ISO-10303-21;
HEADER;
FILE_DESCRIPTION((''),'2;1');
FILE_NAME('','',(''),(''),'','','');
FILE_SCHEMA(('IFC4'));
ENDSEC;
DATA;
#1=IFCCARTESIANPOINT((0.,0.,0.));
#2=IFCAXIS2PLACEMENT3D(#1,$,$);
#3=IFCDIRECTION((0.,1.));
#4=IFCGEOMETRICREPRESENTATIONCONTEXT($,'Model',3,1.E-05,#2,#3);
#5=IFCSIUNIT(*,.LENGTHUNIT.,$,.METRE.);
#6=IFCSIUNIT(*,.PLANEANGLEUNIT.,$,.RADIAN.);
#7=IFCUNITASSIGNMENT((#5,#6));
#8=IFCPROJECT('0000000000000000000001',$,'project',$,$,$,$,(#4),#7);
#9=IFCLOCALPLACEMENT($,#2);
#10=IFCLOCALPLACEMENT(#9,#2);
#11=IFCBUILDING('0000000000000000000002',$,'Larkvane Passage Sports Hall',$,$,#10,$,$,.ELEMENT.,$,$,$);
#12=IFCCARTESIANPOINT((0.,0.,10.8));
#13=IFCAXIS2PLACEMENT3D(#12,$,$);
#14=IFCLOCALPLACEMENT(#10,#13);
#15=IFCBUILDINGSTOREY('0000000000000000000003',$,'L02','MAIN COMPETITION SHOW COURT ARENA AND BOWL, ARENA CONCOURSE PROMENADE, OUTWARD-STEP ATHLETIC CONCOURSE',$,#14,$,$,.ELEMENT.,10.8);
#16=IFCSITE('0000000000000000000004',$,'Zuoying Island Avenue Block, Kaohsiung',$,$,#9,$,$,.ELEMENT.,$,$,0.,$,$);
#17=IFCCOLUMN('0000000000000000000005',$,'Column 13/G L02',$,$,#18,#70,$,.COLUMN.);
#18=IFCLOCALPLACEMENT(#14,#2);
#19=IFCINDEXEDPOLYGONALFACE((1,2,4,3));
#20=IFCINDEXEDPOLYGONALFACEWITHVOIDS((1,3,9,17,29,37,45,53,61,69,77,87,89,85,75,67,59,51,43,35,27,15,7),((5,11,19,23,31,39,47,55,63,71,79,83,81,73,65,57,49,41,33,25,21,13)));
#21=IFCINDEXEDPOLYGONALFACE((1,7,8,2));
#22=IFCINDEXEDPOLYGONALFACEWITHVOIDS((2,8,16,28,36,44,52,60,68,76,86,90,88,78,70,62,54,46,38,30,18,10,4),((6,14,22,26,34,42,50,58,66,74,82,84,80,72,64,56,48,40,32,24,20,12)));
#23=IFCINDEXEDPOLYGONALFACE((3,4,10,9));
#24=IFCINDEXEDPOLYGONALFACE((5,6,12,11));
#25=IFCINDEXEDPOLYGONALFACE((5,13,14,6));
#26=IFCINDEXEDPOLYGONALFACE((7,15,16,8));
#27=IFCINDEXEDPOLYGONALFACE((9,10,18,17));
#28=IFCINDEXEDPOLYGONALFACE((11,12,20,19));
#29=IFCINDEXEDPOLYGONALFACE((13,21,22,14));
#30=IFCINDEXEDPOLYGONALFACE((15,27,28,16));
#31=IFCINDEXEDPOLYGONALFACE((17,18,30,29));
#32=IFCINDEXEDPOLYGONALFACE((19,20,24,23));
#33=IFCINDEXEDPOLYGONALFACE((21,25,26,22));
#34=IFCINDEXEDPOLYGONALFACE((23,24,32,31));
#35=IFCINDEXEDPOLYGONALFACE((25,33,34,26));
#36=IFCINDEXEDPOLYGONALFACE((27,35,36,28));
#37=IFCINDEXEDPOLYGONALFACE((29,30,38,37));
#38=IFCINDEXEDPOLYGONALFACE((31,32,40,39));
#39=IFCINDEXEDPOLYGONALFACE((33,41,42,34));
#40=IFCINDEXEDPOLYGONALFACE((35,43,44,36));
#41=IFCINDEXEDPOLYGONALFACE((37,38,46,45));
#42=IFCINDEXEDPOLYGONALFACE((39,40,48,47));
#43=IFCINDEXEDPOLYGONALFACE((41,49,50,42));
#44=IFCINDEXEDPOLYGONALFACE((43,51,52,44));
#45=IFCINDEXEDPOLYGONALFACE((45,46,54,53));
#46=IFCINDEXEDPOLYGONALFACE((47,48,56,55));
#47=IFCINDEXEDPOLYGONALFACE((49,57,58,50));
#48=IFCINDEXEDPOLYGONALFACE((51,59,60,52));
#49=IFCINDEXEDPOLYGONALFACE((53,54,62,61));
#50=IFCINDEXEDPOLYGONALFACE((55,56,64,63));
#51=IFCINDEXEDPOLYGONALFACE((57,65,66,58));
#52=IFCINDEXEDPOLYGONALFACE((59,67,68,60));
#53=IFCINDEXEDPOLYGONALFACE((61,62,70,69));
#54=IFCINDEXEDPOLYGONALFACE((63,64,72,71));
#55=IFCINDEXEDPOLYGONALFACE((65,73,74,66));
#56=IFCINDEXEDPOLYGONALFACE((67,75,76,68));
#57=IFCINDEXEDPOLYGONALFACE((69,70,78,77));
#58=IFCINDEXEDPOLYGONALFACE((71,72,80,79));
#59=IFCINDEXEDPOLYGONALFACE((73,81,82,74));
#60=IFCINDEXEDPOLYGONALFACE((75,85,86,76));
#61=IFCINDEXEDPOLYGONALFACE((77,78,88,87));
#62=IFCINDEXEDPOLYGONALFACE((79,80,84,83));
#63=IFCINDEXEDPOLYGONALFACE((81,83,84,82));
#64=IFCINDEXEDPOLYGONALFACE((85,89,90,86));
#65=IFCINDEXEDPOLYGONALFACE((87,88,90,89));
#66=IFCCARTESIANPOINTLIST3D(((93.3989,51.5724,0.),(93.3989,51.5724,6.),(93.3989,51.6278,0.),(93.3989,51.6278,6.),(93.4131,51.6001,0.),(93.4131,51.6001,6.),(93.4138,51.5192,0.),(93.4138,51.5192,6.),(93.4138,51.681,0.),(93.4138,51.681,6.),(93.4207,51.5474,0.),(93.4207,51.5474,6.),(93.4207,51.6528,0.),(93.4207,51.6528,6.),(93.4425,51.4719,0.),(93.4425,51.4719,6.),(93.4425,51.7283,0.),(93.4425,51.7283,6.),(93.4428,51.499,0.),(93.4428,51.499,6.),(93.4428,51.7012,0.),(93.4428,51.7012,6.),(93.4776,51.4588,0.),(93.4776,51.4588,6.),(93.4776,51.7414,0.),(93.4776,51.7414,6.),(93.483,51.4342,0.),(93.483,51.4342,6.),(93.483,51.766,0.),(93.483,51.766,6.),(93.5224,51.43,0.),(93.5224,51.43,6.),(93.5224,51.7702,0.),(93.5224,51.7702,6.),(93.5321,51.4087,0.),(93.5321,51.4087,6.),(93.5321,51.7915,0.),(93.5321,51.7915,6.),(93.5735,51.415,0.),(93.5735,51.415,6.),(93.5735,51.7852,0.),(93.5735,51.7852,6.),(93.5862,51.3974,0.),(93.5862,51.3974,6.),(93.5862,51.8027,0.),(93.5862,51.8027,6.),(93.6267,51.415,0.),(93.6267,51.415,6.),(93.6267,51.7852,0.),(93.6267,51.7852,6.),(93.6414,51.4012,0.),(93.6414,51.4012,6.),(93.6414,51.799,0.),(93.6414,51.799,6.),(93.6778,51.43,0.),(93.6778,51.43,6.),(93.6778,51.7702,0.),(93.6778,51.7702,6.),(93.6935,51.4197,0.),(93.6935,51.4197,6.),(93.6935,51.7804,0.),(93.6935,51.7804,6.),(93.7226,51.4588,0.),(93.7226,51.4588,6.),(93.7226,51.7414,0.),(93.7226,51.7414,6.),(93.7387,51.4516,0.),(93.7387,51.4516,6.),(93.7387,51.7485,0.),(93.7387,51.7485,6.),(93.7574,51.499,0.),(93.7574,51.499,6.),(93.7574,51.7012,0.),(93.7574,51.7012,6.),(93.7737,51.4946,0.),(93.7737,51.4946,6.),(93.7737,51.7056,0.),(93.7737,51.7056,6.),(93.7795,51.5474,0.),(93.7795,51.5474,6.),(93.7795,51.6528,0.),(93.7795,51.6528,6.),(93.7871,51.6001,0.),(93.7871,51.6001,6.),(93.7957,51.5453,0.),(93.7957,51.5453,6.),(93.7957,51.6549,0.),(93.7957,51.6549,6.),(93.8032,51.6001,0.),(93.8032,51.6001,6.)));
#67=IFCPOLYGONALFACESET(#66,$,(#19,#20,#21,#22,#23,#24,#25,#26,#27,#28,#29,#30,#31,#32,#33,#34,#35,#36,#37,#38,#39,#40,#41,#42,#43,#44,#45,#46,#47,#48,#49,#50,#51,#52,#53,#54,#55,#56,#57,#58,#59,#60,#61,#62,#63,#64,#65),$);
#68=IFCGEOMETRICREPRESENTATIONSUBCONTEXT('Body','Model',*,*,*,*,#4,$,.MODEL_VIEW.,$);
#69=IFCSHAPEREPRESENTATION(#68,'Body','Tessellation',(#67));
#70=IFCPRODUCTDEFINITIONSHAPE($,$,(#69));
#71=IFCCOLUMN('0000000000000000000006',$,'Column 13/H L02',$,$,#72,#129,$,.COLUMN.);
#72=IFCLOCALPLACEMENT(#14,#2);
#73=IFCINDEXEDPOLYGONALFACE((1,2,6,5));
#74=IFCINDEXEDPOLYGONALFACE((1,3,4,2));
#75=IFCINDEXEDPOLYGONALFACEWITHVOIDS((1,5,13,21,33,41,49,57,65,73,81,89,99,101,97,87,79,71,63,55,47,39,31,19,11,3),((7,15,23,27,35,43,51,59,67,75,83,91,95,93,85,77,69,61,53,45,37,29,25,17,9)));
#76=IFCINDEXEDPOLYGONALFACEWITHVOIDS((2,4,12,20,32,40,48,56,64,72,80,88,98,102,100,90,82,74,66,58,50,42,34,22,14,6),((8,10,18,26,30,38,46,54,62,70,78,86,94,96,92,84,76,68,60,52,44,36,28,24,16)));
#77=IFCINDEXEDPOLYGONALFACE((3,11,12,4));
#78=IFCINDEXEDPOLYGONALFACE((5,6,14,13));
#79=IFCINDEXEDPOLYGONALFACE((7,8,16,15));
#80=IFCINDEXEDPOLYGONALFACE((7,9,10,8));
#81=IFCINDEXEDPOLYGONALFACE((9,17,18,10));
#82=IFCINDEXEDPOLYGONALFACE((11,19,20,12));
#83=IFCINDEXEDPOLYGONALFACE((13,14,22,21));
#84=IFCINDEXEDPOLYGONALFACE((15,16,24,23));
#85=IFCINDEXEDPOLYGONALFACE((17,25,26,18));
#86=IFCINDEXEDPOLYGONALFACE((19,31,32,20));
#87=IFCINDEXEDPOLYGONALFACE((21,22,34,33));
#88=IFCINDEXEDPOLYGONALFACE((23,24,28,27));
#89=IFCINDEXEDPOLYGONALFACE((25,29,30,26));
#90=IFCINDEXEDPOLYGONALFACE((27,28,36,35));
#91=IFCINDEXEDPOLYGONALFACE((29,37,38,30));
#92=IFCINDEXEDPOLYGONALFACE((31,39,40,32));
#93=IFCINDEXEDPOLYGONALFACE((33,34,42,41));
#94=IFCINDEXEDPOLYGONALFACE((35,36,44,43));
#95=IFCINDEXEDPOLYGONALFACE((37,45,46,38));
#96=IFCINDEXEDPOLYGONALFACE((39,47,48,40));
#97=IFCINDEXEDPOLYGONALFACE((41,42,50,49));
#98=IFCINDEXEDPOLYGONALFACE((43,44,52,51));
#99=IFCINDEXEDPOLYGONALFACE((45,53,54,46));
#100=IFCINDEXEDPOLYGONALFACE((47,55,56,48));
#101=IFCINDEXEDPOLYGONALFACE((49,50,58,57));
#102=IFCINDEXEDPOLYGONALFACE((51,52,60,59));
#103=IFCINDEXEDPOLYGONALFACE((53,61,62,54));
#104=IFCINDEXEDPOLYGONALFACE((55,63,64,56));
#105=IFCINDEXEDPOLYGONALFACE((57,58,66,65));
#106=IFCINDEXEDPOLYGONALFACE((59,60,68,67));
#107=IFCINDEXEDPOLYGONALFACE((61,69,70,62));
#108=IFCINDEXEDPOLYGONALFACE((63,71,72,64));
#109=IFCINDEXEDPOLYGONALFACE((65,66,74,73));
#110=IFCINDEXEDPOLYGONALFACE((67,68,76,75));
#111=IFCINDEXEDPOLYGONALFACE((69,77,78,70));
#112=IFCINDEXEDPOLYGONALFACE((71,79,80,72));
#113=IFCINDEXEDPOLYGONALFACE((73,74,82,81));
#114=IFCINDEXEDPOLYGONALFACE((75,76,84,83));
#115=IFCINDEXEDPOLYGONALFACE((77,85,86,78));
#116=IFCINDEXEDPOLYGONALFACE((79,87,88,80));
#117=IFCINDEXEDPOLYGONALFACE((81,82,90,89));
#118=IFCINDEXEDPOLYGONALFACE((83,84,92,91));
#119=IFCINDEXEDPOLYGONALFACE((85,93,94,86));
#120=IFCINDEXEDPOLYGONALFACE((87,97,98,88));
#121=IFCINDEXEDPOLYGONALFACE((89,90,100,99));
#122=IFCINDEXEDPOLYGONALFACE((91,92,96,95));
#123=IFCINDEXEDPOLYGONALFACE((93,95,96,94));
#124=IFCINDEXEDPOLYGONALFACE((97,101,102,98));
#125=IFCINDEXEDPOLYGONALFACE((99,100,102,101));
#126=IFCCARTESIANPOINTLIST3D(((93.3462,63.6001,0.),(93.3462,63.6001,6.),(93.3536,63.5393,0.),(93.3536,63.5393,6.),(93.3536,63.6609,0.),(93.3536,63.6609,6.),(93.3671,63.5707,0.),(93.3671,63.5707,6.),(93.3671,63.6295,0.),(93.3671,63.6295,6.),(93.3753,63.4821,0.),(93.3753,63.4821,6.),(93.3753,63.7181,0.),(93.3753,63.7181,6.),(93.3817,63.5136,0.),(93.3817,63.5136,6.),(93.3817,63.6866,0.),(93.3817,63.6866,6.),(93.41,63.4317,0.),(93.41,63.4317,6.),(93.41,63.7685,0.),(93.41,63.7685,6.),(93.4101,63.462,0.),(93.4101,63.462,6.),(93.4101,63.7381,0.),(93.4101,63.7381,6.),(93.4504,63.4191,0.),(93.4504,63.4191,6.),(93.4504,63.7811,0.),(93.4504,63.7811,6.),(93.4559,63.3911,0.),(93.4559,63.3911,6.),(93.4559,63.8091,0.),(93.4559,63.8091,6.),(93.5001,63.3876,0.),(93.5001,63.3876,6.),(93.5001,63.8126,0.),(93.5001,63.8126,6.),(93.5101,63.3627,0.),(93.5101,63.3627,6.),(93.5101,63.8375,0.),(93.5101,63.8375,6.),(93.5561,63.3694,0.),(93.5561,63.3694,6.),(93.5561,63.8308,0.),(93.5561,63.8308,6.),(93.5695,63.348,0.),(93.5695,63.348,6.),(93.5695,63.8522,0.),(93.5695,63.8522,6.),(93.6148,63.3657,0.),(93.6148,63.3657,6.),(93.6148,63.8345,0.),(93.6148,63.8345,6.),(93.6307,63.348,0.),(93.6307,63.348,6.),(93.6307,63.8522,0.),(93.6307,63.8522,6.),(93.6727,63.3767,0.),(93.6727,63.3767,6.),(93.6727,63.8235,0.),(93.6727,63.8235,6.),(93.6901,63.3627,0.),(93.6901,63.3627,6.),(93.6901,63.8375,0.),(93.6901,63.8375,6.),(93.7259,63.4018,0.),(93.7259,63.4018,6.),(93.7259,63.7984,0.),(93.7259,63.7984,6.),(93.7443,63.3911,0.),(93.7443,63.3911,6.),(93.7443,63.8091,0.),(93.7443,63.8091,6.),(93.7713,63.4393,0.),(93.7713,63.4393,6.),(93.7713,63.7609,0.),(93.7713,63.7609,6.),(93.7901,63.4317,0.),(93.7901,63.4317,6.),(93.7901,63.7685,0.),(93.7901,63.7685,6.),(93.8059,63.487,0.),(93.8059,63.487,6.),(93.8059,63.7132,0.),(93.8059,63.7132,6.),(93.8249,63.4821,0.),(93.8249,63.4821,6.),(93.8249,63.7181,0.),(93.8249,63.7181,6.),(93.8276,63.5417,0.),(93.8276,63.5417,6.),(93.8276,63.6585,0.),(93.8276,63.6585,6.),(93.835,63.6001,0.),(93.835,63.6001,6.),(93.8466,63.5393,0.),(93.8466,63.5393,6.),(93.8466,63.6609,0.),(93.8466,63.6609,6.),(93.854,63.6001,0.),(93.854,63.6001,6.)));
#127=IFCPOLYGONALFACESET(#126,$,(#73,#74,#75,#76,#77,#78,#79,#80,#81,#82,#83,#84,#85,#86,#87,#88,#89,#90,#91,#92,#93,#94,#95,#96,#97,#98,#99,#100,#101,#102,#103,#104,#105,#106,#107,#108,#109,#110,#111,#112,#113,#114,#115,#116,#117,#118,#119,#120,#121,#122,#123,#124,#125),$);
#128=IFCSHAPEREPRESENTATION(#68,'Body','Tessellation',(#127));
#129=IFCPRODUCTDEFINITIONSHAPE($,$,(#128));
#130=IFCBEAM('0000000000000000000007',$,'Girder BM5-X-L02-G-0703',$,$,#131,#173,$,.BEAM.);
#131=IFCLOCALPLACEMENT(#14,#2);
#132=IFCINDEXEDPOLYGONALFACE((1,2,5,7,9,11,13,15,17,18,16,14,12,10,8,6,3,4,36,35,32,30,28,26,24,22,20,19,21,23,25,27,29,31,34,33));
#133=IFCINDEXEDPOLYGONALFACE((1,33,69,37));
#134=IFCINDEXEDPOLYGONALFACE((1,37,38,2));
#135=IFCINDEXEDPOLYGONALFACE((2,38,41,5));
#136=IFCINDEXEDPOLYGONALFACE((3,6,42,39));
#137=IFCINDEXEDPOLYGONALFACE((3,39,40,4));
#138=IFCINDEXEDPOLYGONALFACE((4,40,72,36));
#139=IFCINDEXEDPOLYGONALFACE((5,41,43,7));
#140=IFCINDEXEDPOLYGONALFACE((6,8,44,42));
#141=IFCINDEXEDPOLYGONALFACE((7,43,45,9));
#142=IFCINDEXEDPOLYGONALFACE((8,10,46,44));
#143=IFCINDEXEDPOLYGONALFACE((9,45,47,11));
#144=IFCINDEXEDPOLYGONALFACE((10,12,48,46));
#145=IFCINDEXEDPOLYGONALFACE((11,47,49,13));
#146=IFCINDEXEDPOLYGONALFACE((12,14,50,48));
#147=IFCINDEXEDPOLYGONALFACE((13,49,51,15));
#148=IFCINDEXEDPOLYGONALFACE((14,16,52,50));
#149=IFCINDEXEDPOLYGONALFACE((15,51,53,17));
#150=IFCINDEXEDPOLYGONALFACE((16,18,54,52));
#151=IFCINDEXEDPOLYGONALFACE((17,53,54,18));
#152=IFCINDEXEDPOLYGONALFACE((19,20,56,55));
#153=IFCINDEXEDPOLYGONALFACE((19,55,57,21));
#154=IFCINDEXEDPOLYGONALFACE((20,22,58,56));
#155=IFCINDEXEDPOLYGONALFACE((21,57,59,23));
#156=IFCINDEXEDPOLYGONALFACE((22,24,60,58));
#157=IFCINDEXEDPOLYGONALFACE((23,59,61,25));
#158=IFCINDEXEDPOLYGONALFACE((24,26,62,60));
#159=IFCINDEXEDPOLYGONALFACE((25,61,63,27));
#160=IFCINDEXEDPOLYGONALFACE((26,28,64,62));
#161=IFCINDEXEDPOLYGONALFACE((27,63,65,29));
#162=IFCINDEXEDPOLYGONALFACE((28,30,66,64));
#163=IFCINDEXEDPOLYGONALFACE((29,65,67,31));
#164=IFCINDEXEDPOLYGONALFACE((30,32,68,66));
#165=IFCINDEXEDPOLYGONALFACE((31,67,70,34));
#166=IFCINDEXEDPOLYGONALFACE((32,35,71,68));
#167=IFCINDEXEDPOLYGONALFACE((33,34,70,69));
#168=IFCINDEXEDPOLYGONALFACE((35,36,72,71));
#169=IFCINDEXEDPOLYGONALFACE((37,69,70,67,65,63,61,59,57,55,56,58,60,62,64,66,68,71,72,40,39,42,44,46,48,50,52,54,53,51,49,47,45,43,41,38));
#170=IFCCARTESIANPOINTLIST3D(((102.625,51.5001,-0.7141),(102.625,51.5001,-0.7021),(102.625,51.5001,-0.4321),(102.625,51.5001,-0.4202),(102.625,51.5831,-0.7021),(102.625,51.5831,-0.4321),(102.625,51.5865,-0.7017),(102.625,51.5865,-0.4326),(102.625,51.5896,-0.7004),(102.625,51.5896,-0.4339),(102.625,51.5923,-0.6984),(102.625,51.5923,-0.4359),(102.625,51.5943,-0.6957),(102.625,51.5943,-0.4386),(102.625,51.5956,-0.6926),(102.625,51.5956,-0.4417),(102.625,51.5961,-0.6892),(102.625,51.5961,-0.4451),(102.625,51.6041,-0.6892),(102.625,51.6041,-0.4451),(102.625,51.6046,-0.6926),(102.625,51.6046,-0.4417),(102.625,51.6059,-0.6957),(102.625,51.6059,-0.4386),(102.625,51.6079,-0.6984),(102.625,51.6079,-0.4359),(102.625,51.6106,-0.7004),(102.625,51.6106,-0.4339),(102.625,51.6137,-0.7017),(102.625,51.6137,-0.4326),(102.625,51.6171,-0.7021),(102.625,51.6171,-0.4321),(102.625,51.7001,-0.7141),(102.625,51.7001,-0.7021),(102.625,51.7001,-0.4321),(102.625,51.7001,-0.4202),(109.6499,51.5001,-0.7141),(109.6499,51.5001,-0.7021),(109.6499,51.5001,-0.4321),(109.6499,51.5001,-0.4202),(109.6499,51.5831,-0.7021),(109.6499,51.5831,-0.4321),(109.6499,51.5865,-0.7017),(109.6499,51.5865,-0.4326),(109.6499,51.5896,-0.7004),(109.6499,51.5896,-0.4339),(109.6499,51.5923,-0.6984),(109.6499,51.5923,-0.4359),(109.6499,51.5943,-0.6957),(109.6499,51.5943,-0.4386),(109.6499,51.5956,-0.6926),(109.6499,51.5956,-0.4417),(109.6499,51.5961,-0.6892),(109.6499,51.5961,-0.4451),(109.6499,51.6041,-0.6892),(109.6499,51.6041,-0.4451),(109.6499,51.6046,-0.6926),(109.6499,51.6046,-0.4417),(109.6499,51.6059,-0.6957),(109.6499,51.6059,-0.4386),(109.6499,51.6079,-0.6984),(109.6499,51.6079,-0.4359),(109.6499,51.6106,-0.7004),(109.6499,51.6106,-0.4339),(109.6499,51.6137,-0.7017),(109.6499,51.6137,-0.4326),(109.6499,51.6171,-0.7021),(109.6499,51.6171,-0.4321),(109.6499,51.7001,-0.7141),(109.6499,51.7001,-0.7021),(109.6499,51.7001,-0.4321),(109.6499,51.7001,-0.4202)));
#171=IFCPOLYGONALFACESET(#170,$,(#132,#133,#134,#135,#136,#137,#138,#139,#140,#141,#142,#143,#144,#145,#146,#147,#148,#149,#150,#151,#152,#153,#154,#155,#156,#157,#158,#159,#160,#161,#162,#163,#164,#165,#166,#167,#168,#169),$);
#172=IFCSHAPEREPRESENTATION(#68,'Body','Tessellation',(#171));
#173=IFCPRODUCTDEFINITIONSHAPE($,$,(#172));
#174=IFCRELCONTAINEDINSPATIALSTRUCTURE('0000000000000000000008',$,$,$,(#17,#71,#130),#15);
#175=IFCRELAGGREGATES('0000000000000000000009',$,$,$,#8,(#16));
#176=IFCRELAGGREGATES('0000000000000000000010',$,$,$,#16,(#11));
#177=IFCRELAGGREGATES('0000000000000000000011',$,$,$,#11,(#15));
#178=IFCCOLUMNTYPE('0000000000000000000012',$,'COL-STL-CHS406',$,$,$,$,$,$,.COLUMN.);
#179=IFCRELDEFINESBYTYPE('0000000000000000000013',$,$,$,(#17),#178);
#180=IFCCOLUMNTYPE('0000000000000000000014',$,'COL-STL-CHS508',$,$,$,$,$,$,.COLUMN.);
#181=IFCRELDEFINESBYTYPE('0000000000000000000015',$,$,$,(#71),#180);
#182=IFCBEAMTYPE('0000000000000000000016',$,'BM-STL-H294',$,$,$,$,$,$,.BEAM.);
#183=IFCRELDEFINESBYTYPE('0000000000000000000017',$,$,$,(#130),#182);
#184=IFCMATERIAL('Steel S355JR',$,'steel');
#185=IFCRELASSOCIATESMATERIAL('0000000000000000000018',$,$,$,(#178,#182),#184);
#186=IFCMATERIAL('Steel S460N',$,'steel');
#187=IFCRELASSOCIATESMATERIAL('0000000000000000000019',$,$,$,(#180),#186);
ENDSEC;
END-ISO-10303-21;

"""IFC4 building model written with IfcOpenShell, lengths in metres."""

from ifc_helpers import new_model, si_unit, direction, frame, origin, origin_2d, place, context, subcontext, project, spatial, hollow_circle, i_section, extrude, material, material_profile, profile_set, type_object, element, save


model = new_model("IFC4")

# Units and contexts
model_context = context("Model", 3, precision=1e-05, world=origin(), true_north=direction((0.0, 1.0)))
body_context = subcontext(model_context, "Body", "Model", "MODEL_VIEW")
ifc_project = project(units=[si_unit("LENGTHUNIT", "METRE"), si_unit("PLANEANGLEUNIT", "RADIAN")], contexts=[model_context])

# Site, building, storey
site_placement = place(None, origin())
site = spatial("IfcSite", under=ifc_project, at=site_placement, Name="Zuoying Island Avenue Block, Kaohsiung", CompositionType="ELEMENT", RefElevation=0.0)
building_placement = place(site_placement, origin())
building = spatial("IfcBuilding", under=site, at=building_placement, Name="Larkvane Passage Sports Hall", CompositionType="ELEMENT")
storey_placement = place(building_placement, frame((0.0, 0.0, 10.8)))
storey = spatial("IfcBuildingStorey", under=building, at=storey_placement, Name="L02", Description="MAIN COMPETITION SHOW COURT ARENA AND BOWL, ARENA CONCOURSE PROMENADE, OUTWARD-STEP ATHLETIC CONCOURSE", CompositionType="ELEMENT", Elevation=10.8)

# Columns
ifc_material_1 = material(Name="Steel S355JR", Category="steel")
ifc_material_profile_1 = material_profile(ifc_material_1, hollow_circle(Radius=0.2031, WallThickness=0.0161, at=origin_2d()), Name="CHS-406.4x16.0")
ifc_profile_set_1 = profile_set([ifc_material_profile_1], Name="Steel S355JR")
column_type_1 = type_object("IfcColumnType", Name="COL-STL-CHS406", PredefinedType="COLUMN", material=ifc_profile_set_1)
column_1_placement = place(storey_placement, frame((93.6001, 51.6001, 0.0), z_axis=(0.0, 0.0, 1.0), x_axis=(1.0, 0.0, 0.0)))
element("IfcColumn", 1, at=column_1_placement, inside=storey, type_object=column_type_1, Name="Column 13/G L02", PredefinedType="COLUMN", context=body_context, shape_type="SweptSolid", body=[
    extrude(hollow_circle(Radius=0.2031, WallThickness=0.0161, at=origin_2d()), origin(), (0.0, 0.0, 1.0), 6.0),
])
ifc_material_2 = material(Name="Steel S460N", Category="steel")
ifc_material_profile_2 = material_profile(ifc_material_2, hollow_circle(Radius=0.2539, WallThickness=0.019, at=origin_2d()), Name="CHS-508.0x19.0")
ifc_profile_set_2 = profile_set([ifc_material_profile_2], Name="Steel S460N")
column_type_2 = type_object("IfcColumnType", Name="COL-STL-CHS508", PredefinedType="COLUMN", material=ifc_profile_set_2)
column_2_placement = place(storey_placement, frame((93.6001, 63.6001, 0.0), z_axis=(0.0, 0.0, 1.0), x_axis=(1.0, 0.0, 0.0)))
element("IfcColumn", 2, at=column_2_placement, inside=storey, type_object=column_type_2, Name="Column 13/H L02", PredefinedType="COLUMN", context=body_context, shape_type="SweptSolid", body=[
    extrude(hollow_circle(Radius=0.2539, WallThickness=0.019, at=origin_2d()), origin(), (0.0, 0.0, 1.0), 6.0),
])

# Beam
ifc_material_profile_3 = material_profile(ifc_material_1, i_section(OverallWidth=0.2, OverallDepth=0.2939, WebThickness=0.0081, FlangeThickness=0.012, FilletRadius=0.0129, at=origin_2d()), Name="H-294x200x8x12")
ifc_profile_set_3 = profile_set([ifc_material_profile_3], Name="Steel S355JR")
beam_type_1 = type_object("IfcBeamType", Name="BM-STL-H294", PredefinedType="BEAM", material=ifc_profile_set_3)
beam_1_placement = place(storey_placement, frame((102.625, 51.6001, -0.5671), z_axis=(1.0, 0.0, 0.0), x_axis=(0.0, 1.0, 0.0)))
element("IfcBeam", 3, at=beam_1_placement, inside=storey, type_object=beam_type_1, Name="Girder BM5-X-L02-G-0703", PredefinedType="BEAM", context=body_context, shape_type="SweptSolid", body=[
    extrude(i_section(OverallWidth=0.2, OverallDepth=0.2939, WebThickness=0.0081, FlangeThickness=0.012, FilletRadius=0.0129, at=origin_2d()), origin(), (0.0, 0.0, 1.0), 7.0249),
])

save(model, "model.ifc")
